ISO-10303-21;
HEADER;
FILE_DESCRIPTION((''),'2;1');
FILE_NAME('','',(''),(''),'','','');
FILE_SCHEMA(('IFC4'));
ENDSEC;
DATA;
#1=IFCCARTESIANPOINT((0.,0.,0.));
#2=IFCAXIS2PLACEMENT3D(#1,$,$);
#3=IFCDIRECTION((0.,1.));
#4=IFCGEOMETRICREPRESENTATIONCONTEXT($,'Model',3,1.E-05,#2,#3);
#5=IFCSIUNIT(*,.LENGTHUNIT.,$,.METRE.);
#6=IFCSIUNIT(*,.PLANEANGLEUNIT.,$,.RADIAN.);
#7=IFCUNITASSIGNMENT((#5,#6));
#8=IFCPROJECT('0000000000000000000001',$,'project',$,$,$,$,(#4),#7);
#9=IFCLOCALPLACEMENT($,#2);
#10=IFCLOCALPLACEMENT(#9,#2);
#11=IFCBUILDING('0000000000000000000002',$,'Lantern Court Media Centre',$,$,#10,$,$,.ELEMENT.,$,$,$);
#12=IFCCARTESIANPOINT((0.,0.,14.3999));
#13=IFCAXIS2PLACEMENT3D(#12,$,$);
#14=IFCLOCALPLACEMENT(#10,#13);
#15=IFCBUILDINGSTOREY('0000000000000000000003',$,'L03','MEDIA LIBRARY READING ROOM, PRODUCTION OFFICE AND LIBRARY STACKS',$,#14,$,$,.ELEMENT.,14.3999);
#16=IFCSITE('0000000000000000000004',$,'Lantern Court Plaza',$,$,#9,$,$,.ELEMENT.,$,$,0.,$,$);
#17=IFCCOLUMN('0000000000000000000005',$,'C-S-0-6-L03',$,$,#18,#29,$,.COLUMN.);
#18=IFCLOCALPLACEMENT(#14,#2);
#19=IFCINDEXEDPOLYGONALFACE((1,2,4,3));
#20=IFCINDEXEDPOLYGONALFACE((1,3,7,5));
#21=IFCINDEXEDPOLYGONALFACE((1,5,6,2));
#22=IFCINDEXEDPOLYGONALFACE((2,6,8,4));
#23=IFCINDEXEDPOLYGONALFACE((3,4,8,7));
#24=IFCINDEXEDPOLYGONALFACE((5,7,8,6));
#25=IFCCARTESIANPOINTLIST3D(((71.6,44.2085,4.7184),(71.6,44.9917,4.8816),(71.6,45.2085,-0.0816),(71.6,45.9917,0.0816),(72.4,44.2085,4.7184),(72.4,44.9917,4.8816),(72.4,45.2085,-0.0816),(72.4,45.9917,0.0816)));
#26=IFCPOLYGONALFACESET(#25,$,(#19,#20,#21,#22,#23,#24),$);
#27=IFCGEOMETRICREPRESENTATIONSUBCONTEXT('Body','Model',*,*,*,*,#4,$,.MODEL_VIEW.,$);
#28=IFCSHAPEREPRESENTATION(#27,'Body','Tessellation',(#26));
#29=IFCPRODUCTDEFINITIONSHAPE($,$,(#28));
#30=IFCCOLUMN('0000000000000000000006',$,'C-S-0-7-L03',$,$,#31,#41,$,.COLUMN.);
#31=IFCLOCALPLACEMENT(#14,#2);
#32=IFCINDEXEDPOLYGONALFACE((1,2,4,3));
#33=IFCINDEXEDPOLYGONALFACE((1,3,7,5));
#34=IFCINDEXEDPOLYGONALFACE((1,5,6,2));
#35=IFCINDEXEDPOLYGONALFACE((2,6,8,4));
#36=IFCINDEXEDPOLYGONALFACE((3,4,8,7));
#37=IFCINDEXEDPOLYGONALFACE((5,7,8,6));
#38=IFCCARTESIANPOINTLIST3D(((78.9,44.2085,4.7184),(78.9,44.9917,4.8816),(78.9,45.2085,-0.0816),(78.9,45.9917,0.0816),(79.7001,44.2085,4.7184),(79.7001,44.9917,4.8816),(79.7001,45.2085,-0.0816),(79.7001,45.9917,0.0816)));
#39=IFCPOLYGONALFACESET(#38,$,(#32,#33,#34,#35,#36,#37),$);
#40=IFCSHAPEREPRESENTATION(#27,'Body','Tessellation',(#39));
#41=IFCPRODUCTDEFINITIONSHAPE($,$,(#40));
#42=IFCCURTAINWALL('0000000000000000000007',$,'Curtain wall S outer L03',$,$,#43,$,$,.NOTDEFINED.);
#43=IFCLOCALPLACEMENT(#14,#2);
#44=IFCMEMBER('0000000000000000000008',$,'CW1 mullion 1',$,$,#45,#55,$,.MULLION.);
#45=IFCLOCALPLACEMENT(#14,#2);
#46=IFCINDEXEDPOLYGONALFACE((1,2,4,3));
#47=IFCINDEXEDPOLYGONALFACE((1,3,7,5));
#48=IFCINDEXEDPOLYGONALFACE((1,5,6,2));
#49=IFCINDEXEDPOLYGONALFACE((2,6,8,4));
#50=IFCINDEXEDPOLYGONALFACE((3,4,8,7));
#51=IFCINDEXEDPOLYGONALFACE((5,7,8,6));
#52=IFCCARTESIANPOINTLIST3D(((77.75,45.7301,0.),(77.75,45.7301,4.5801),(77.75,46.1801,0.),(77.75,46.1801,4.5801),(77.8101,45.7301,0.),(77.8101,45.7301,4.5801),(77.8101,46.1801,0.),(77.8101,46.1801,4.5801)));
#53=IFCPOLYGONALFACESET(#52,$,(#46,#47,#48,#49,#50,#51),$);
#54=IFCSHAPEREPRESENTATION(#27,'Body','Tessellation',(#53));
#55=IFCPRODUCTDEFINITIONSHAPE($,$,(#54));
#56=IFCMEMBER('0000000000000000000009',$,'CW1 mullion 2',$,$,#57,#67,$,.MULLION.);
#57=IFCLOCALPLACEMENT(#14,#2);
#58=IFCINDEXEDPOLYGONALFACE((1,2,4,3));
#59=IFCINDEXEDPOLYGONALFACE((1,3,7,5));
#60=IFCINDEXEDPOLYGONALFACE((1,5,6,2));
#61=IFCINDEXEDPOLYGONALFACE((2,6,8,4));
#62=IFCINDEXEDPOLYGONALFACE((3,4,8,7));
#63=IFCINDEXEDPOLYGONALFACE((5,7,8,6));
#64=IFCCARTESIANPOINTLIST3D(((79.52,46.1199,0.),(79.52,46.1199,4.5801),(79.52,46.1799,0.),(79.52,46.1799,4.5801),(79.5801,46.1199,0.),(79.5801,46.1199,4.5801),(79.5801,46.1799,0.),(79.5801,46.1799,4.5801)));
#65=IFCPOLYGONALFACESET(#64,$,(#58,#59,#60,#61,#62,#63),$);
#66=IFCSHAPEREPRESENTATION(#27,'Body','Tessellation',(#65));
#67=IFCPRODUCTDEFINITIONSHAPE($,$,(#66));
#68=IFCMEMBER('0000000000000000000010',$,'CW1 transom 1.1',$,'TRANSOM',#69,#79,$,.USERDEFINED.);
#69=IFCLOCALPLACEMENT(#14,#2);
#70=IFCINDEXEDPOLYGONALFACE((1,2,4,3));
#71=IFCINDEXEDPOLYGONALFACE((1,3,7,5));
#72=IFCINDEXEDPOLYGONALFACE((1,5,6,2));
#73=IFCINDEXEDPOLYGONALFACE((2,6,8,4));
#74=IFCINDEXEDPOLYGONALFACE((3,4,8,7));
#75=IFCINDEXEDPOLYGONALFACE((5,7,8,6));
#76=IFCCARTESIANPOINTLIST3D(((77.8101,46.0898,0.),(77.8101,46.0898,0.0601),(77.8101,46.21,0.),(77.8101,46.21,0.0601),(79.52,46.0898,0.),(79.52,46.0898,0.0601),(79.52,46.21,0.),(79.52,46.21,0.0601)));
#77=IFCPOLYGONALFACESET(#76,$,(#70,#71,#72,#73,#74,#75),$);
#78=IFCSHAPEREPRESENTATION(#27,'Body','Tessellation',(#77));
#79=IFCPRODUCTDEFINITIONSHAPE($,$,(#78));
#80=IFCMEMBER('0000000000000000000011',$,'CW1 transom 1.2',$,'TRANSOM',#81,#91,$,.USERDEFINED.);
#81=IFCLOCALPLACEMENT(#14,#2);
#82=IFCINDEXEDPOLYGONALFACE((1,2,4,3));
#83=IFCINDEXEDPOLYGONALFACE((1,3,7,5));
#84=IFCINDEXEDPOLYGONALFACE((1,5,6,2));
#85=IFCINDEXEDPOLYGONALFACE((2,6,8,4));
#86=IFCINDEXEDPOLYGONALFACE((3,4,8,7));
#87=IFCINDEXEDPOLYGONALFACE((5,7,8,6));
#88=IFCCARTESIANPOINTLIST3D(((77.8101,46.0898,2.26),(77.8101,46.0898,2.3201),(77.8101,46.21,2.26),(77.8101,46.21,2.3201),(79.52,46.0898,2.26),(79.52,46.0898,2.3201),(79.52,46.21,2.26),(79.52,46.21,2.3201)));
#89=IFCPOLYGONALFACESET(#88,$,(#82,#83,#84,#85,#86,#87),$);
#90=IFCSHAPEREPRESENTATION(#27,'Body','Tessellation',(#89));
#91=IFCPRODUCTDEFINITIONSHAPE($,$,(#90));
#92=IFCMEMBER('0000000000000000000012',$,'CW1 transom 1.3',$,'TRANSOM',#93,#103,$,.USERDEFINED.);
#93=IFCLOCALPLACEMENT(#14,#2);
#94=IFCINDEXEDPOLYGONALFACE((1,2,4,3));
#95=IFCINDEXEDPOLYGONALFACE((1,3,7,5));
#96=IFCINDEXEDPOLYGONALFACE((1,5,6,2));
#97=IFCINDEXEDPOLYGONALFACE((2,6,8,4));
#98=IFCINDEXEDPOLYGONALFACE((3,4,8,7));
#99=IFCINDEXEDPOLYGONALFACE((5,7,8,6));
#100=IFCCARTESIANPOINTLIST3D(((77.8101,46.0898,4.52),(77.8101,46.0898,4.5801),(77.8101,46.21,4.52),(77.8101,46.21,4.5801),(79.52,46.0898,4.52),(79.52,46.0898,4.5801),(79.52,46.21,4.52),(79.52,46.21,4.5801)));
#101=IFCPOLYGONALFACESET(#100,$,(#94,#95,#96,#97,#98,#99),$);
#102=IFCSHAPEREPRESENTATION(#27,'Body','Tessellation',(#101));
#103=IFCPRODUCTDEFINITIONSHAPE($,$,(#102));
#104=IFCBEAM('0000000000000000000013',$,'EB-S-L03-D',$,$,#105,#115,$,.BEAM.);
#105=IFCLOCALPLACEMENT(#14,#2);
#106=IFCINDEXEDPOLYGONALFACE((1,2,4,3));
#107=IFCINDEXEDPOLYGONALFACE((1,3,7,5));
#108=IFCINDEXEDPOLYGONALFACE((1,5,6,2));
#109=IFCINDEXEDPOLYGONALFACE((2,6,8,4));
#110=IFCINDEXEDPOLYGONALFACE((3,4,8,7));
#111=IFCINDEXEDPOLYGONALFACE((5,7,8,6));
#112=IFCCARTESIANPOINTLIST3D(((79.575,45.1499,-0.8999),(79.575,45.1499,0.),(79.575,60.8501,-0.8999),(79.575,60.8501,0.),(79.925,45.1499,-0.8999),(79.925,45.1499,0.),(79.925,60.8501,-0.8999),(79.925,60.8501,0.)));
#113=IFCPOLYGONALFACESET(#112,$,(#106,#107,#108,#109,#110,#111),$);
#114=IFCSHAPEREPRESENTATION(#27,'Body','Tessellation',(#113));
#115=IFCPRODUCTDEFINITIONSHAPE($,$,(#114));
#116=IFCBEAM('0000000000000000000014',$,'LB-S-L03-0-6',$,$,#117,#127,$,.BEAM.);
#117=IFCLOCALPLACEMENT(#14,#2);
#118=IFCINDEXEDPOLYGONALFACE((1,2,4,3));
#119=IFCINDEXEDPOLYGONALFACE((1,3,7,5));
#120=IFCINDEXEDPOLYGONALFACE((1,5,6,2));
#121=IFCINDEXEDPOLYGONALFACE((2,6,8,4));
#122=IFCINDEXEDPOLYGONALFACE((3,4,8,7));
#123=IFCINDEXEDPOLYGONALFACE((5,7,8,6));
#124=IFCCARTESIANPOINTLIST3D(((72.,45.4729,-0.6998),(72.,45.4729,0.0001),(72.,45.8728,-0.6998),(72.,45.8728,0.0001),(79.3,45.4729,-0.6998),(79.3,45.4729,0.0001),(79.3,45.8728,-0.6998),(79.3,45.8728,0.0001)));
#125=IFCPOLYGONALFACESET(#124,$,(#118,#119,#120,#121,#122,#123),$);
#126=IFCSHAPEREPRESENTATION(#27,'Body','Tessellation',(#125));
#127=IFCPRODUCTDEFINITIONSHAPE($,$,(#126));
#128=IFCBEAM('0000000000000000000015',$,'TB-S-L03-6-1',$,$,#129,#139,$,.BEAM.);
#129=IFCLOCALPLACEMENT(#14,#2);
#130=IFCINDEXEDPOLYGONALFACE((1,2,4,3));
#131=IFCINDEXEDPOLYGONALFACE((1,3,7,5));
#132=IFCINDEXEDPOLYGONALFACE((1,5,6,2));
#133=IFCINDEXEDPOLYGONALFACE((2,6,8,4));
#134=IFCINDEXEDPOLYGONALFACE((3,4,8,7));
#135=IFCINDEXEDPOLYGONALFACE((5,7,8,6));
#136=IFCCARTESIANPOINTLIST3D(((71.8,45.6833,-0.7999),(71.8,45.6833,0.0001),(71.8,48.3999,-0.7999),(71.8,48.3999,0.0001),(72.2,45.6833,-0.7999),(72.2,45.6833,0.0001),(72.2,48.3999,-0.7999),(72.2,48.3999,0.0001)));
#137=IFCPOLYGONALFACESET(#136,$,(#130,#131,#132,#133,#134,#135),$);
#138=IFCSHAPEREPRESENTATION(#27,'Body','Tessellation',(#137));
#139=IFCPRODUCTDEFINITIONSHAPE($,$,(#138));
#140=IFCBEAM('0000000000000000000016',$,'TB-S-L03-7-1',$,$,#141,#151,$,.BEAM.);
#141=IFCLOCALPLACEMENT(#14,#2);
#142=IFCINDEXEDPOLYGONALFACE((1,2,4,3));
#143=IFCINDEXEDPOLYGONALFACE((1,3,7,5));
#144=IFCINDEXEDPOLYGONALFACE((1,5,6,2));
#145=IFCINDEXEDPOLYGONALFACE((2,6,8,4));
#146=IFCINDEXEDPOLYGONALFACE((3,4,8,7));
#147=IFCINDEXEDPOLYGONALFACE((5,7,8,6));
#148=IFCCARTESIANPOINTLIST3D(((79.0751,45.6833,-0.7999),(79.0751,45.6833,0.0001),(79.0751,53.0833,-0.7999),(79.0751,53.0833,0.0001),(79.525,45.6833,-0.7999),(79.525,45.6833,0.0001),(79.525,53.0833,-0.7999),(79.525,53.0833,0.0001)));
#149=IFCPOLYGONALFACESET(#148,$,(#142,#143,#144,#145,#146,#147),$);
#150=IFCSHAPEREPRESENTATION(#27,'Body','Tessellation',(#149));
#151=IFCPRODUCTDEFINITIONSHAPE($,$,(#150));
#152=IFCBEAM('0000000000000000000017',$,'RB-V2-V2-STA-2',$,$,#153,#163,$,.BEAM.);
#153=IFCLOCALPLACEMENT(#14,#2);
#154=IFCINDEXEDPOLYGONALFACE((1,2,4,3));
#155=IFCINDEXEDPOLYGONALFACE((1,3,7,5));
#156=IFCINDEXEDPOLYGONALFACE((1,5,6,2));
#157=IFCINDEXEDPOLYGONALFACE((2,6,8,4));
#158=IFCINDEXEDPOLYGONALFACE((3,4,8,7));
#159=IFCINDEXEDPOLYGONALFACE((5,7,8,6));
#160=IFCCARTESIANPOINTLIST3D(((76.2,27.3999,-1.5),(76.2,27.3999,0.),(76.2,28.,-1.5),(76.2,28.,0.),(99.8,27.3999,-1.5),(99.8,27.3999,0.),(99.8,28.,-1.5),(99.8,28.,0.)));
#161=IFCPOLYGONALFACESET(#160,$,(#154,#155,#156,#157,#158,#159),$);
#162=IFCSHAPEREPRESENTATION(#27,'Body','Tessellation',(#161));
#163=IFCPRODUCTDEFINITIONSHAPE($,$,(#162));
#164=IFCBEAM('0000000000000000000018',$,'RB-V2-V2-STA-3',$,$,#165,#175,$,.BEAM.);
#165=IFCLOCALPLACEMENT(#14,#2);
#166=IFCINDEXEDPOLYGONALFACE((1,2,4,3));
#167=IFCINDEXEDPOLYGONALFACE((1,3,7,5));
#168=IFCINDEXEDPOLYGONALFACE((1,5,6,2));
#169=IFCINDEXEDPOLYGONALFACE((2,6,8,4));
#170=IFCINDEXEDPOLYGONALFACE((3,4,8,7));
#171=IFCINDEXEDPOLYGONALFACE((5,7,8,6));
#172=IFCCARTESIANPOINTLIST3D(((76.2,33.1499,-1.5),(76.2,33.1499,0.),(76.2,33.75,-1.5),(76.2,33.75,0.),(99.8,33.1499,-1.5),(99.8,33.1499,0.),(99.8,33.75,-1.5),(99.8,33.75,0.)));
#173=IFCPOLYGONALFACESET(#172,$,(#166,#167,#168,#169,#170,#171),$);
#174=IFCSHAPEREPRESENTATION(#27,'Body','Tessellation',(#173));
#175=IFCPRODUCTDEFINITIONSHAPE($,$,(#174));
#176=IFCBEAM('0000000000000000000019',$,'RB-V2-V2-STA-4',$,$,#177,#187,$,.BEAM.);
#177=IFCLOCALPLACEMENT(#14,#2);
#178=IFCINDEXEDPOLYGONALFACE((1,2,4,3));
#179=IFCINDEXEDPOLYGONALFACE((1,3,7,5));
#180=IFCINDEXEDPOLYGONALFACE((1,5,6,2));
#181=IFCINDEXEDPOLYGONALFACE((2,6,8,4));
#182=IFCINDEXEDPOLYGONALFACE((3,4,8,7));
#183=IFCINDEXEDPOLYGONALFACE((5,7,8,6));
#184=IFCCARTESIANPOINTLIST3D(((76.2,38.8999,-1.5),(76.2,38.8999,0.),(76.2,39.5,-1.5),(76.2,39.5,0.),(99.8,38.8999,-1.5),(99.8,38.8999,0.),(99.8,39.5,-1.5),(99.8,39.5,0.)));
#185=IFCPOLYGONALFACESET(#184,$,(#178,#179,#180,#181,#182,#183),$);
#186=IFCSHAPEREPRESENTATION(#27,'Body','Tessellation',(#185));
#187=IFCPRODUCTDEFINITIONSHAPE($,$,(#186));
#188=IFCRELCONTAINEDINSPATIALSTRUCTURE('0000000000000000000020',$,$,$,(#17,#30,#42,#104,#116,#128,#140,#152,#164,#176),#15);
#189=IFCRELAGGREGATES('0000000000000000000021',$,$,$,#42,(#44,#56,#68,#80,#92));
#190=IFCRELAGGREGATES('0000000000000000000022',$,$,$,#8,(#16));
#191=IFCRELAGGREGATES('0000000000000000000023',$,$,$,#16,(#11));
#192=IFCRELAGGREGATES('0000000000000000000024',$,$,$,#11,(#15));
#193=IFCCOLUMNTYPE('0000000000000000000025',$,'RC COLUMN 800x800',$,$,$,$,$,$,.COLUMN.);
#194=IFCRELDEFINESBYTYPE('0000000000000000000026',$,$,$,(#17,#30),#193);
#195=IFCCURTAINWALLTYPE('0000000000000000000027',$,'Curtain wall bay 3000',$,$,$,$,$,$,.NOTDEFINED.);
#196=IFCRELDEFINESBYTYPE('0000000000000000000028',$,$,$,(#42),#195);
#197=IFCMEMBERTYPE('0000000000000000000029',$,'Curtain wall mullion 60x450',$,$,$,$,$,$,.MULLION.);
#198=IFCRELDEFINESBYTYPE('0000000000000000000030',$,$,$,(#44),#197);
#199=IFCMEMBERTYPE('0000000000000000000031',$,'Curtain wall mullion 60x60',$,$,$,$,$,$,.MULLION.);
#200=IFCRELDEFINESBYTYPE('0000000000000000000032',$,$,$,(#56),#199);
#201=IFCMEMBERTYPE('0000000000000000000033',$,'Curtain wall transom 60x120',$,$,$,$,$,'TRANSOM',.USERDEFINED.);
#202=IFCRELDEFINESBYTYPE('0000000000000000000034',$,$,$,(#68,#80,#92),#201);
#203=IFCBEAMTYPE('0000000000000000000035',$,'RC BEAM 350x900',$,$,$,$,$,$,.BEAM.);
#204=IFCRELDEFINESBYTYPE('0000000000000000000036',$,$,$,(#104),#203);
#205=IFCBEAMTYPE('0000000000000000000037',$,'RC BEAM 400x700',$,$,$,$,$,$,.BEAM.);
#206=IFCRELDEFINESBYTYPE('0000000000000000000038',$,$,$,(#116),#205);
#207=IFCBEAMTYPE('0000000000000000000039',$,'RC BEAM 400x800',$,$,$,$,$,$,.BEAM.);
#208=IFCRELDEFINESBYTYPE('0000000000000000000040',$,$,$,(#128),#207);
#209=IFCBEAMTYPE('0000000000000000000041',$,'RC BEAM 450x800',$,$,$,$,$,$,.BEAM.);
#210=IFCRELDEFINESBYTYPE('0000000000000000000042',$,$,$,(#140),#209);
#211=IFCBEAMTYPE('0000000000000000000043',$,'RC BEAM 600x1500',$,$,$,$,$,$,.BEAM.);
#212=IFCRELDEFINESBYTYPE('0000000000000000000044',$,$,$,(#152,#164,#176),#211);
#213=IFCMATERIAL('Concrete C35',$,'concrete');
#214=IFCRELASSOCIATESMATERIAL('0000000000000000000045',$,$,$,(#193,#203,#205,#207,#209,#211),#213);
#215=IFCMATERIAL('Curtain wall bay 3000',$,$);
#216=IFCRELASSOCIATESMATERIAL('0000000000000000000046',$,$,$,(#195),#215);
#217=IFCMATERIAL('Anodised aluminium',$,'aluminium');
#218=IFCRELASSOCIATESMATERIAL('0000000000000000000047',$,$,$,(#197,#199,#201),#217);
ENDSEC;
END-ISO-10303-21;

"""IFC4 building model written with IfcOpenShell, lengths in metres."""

from ifc_helpers import new_model, si_unit, direction, frame, origin, origin_2d, place, context, subcontext, project, spatial, rectangle, extrude, material, material_profile, profile_set, type_object, element, aggregate, save


model = new_model("IFC4")

# Units and contexts
model_context = context("Model", 3, precision=1e-05, world=origin(), true_north=direction((0.0, 1.0)))
body_context = subcontext(model_context, "Body", "Model", "MODEL_VIEW")
ifc_project = project(units=[si_unit("LENGTHUNIT", "METRE"), si_unit("PLANEANGLEUNIT", "RADIAN")], contexts=[model_context])

# Site, building, storey
site_placement = place(None, origin())
site = spatial("IfcSite", under=ifc_project, at=site_placement, Name="Lantern Court Plaza", CompositionType="ELEMENT", RefElevation=0.0)
building_placement = place(site_placement, origin())
building = spatial("IfcBuilding", under=site, at=building_placement, Name="Lantern Court Media Centre", CompositionType="ELEMENT")
storey_placement = place(building_placement, frame((0.0, 0.0, 14.3999)))
storey = spatial("IfcBuildingStorey", under=building, at=storey_placement, Name="L03", Description="MEDIA LIBRARY READING ROOM, PRODUCTION OFFICE AND LIBRARY STACKS", CompositionType="ELEMENT", Elevation=14.3999)

# Columns
ifc_material_1 = material(Name="Concrete C35", Category="concrete")
ifc_material_profile_1 = material_profile(ifc_material_1, rectangle(XDim=0.8, YDim=0.8, at=origin_2d()), Name="RC 800x800")
ifc_profile_set_1 = profile_set([ifc_material_profile_1], Name="Concrete C35")
column_type = type_object("IfcColumnType", Name="RC COLUMN 800x800", PredefinedType="COLUMN", material=ifc_profile_set_1)
for number, where, z_axis, x_axis, name in (
    (1, (72.0, 45.6001, 0.0), (0.0, -0.203952, 0.978981), (1.0, 0.0, 0.0), "C-S-0-6-L03"),
    (2, (79.3, 45.6001, 0.0), (0.0, -0.203952, 0.978981), (1.0, 0.0, 0.0), "C-S-0-7-L03"),
):
    element("IfcColumn", number, at=place(storey_placement, frame(where, z_axis=z_axis, x_axis=x_axis)), inside=storey, type_object=column_type, Name=name, PredefinedType="COLUMN", context=body_context, shape_type="SweptSolid", body=[
        extrude(rectangle(XDim=0.8, YDim=0.8, at=origin_2d()), origin(), (0.0, 0.0, 1.0), 4.9031),
    ])

# Curtain wall, members
ifc_material_2 = material(Name="Curtain wall bay 3000")
curtain_wall_type = type_object("IfcCurtainWallType", Name="Curtain wall bay 3000", PredefinedType="NOTDEFINED", material=ifc_material_2)
curtain_wall_placement = place(storey_placement, origin())
curtain_wall = element("IfcCurtainWall", 3, at=curtain_wall_placement, inside=storey, type_object=curtain_wall_type, Name="Curtain wall S outer L03", PredefinedType="NOTDEFINED")
ifc_material_3 = material(Name="Anodised aluminium", Category="aluminium")
ifc_material_profile_2 = material_profile(ifc_material_3, rectangle(XDim=0.45, YDim=0.0601, at=origin_2d()), Name="AL 60x450")
ifc_profile_set_2 = profile_set([ifc_material_profile_2], Name="Anodised aluminium")
member_type_1 = type_object("IfcMemberType", Name="Curtain wall mullion 60x450", PredefinedType="MULLION", material=ifc_profile_set_2)
member_1_placement = place(storey_placement, frame((77.78, 45.9551, 0.0), z_axis=(0.0, 0.0, 1.0), x_axis=(0.0, 1.0, 0.0)))
member_1 = element("IfcMember", 4, at=member_1_placement, type_object=member_type_1, Name="CW1 mullion 1", PredefinedType="MULLION", context=body_context, shape_type="SweptSolid", body=[
    extrude(rectangle(XDim=0.45, YDim=0.0601, at=origin_2d()), origin(), (0.0, 0.0, 1.0), 4.5801),
])
ifc_material_profile_3 = material_profile(ifc_material_3, rectangle(XDim=0.0601, YDim=0.0601, at=origin_2d()), Name="AL 60x60")
ifc_profile_set_3 = profile_set([ifc_material_profile_3], Name="Anodised aluminium")
member_type_2 = type_object("IfcMemberType", Name="Curtain wall mullion 60x60", PredefinedType="MULLION", material=ifc_profile_set_3)
member_2_placement = place(storey_placement, frame((79.55, 46.1499, 0.0), z_axis=(0.0, 0.0, 1.0), x_axis=(0.0, 1.0, 0.0)))
member_2 = element("IfcMember", 5, at=member_2_placement, type_object=member_type_2, Name="CW1 mullion 2", PredefinedType="MULLION", context=body_context, shape_type="SweptSolid", body=[
    extrude(rectangle(XDim=0.0601, YDim=0.0601, at=origin_2d()), origin(), (0.0, 0.0, 1.0), 4.5801),
])
ifc_material_profile_4 = material_profile(ifc_material_3, rectangle(XDim=0.1201, YDim=0.0601, at=origin_2d()), Name="AL 60x120")
ifc_profile_set_4 = profile_set([ifc_material_profile_4], Name="Anodised aluminium")
member_type_3 = type_object("IfcMemberType", Name="Curtain wall transom 60x120", ElementType="TRANSOM", PredefinedType="USERDEFINED", material=ifc_profile_set_4)
member_3_placement = place(storey_placement, frame((77.8101, 46.1499, 0.03), z_axis=(1.0, 0.0, 0.0), x_axis=(0.0, 1.0, 0.0)))
member_3 = element("IfcMember", 6, at=member_3_placement, type_object=member_type_3, Name="CW1 transom 1.1", ObjectType="TRANSOM", PredefinedType="USERDEFINED", context=body_context, shape_type="SweptSolid", body=[
    extrude(rectangle(XDim=0.1201, YDim=0.0601, at=origin_2d()), origin(), (0.0, 0.0, 1.0), 1.71),
])
member_4_placement = place(storey_placement, frame((77.8101, 46.1499, 2.29), z_axis=(1.0, 0.0, 0.0), x_axis=(0.0, 1.0, 0.0)))
member_4 = element("IfcMember", 7, at=member_4_placement, type_object=member_type_3, Name="CW1 transom 1.2", ObjectType="TRANSOM", PredefinedType="USERDEFINED", context=body_context, shape_type="SweptSolid", body=[
    extrude(rectangle(XDim=0.1201, YDim=0.0601, at=origin_2d()), origin(), (0.0, 0.0, 1.0), 1.71),
])
member_5_placement = place(storey_placement, frame((77.8101, 46.1499, 4.55), z_axis=(1.0, 0.0, 0.0), x_axis=(0.0, 1.0, 0.0)))
member_5 = element("IfcMember", 8, at=member_5_placement, type_object=member_type_3, Name="CW1 transom 1.3", ObjectType="TRANSOM", PredefinedType="USERDEFINED", context=body_context, shape_type="SweptSolid", body=[
    extrude(rectangle(XDim=0.1201, YDim=0.0601, at=origin_2d()), origin(), (0.0, 0.0, 1.0), 1.71),
])

# Beams
ifc_material_profile_5 = material_profile(ifc_material_1, rectangle(XDim=0.3501, YDim=0.8999, at=origin_2d()), Name="RC 350x900")
ifc_profile_set_5 = profile_set([ifc_material_profile_5], Name="Concrete C35")
beam_type_1 = type_object("IfcBeamType", Name="RC BEAM 350x900", PredefinedType="BEAM", material=ifc_profile_set_5)
beam_1_placement = place(storey_placement, frame((79.75, 45.1499, -0.45), z_axis=(0.0, 1.0, 0.0), x_axis=(-1.0, 0.0, 0.0)))
element("IfcBeam", 9, at=beam_1_placement, inside=storey, type_object=beam_type_1, Name="EB-S-L03-D", PredefinedType="BEAM", context=body_context, shape_type="SweptSolid", body=[
    extrude(rectangle(XDim=0.3501, YDim=0.8999, at=origin_2d()), origin(), (0.0, 0.0, 1.0), 15.7002),
])
ifc_material_profile_6 = material_profile(ifc_material_1, rectangle(XDim=0.3999, YDim=0.7, at=origin_2d()), Name="RC 400x700")
ifc_profile_set_6 = profile_set([ifc_material_profile_6], Name="Concrete C35")
beam_type_2 = type_object("IfcBeamType", Name="RC BEAM 400x700", PredefinedType="BEAM", material=ifc_profile_set_6)
beam_2_placement = place(storey_placement, frame((72.0, 45.6729, -0.3499), z_axis=(1.0, 0.0, 0.0), x_axis=(0.0, 1.0, 0.0)))
element("IfcBeam", 10, at=beam_2_placement, inside=storey, type_object=beam_type_2, Name="LB-S-L03-0-6", PredefinedType="BEAM", context=body_context, shape_type="SweptSolid", body=[
    extrude(rectangle(XDim=0.3999, YDim=0.7, at=origin_2d()), origin(), (0.0, 0.0, 1.0), 7.3),
])
ifc_material_profile_7 = material_profile(ifc_material_1, rectangle(XDim=0.3999, YDim=0.8, at=origin_2d()), Name="RC 400x800")
ifc_profile_set_7 = profile_set([ifc_material_profile_7], Name="Concrete C35")
beam_type_3 = type_object("IfcBeamType", Name="RC BEAM 400x800", PredefinedType="BEAM", material=ifc_profile_set_7)
beam_3_placement = place(storey_placement, frame((72.0, 45.6833, -0.3999), z_axis=(0.0, 1.0, 0.0), x_axis=(-1.0, 0.0, 0.0)))
element("IfcBeam", 11, at=beam_3_placement, inside=storey, type_object=beam_type_3, Name="TB-S-L03-6-1", PredefinedType="BEAM", context=body_context, shape_type="SweptSolid", body=[
    extrude(rectangle(XDim=0.3999, YDim=0.8, at=origin_2d()), origin(), (0.0, 0.0, 1.0), 2.7166),
])
ifc_material_profile_8 = material_profile(ifc_material_1, rectangle(XDim=0.45, YDim=0.8, at=origin_2d()), Name="RC 450x800")
ifc_profile_set_8 = profile_set([ifc_material_profile_8], Name="Concrete C35")
beam_type_4 = type_object("IfcBeamType", Name="RC BEAM 450x800", PredefinedType="BEAM", material=ifc_profile_set_8)
beam_4_placement = place(storey_placement, frame((79.3, 45.6833, -0.3999), z_axis=(0.0, 1.0, 0.0), x_axis=(-1.0, 0.0, 0.0)))
element("IfcBeam", 12, at=beam_4_placement, inside=storey, type_object=beam_type_4, Name="TB-S-L03-7-1", PredefinedType="BEAM", context=body_context, shape_type="SweptSolid", body=[
    extrude(rectangle(XDim=0.45, YDim=0.8, at=origin_2d()), origin(), (0.0, 0.0, 1.0), 7.3999),
])
ifc_material_profile_9 = material_profile(ifc_material_1, rectangle(XDim=0.6001, YDim=1.5, at=origin_2d()), Name="RC 600x1500")
ifc_profile_set_9 = profile_set([ifc_material_profile_9], Name="Concrete C35")
beam_type_5 = type_object("IfcBeamType", Name="RC BEAM 600x1500", PredefinedType="BEAM", material=ifc_profile_set_9)
for number, where, z_axis, x_axis, name in (
    (13, (76.2, 27.7, -0.75), (1.0, 0.0, 0.0), (0.0, 1.0, 0.0), "RB-V2-V2-STA-2"),
    (14, (76.2, 33.45, -0.75), (1.0, 0.0, 0.0), (0.0, 1.0, 0.0), "RB-V2-V2-STA-3"),
    (15, (76.2, 39.2, -0.75), (1.0, 0.0, 0.0), (0.0, 1.0, 0.0), "RB-V2-V2-STA-4"),
):
    element("IfcBeam", number, at=place(storey_placement, frame(where, z_axis=z_axis, x_axis=x_axis)), inside=storey, type_object=beam_type_5, Name=name, PredefinedType="BEAM", context=body_context, shape_type="SweptSolid", body=[
        extrude(rectangle(XDim=0.6001, YDim=1.5, at=origin_2d()), origin(), (0.0, 0.0, 1.0), 23.6001),
    ])

aggregate(curtain_wall, [member_1, member_2, member_3, member_4, member_5])

save(model, "model.ifc")
